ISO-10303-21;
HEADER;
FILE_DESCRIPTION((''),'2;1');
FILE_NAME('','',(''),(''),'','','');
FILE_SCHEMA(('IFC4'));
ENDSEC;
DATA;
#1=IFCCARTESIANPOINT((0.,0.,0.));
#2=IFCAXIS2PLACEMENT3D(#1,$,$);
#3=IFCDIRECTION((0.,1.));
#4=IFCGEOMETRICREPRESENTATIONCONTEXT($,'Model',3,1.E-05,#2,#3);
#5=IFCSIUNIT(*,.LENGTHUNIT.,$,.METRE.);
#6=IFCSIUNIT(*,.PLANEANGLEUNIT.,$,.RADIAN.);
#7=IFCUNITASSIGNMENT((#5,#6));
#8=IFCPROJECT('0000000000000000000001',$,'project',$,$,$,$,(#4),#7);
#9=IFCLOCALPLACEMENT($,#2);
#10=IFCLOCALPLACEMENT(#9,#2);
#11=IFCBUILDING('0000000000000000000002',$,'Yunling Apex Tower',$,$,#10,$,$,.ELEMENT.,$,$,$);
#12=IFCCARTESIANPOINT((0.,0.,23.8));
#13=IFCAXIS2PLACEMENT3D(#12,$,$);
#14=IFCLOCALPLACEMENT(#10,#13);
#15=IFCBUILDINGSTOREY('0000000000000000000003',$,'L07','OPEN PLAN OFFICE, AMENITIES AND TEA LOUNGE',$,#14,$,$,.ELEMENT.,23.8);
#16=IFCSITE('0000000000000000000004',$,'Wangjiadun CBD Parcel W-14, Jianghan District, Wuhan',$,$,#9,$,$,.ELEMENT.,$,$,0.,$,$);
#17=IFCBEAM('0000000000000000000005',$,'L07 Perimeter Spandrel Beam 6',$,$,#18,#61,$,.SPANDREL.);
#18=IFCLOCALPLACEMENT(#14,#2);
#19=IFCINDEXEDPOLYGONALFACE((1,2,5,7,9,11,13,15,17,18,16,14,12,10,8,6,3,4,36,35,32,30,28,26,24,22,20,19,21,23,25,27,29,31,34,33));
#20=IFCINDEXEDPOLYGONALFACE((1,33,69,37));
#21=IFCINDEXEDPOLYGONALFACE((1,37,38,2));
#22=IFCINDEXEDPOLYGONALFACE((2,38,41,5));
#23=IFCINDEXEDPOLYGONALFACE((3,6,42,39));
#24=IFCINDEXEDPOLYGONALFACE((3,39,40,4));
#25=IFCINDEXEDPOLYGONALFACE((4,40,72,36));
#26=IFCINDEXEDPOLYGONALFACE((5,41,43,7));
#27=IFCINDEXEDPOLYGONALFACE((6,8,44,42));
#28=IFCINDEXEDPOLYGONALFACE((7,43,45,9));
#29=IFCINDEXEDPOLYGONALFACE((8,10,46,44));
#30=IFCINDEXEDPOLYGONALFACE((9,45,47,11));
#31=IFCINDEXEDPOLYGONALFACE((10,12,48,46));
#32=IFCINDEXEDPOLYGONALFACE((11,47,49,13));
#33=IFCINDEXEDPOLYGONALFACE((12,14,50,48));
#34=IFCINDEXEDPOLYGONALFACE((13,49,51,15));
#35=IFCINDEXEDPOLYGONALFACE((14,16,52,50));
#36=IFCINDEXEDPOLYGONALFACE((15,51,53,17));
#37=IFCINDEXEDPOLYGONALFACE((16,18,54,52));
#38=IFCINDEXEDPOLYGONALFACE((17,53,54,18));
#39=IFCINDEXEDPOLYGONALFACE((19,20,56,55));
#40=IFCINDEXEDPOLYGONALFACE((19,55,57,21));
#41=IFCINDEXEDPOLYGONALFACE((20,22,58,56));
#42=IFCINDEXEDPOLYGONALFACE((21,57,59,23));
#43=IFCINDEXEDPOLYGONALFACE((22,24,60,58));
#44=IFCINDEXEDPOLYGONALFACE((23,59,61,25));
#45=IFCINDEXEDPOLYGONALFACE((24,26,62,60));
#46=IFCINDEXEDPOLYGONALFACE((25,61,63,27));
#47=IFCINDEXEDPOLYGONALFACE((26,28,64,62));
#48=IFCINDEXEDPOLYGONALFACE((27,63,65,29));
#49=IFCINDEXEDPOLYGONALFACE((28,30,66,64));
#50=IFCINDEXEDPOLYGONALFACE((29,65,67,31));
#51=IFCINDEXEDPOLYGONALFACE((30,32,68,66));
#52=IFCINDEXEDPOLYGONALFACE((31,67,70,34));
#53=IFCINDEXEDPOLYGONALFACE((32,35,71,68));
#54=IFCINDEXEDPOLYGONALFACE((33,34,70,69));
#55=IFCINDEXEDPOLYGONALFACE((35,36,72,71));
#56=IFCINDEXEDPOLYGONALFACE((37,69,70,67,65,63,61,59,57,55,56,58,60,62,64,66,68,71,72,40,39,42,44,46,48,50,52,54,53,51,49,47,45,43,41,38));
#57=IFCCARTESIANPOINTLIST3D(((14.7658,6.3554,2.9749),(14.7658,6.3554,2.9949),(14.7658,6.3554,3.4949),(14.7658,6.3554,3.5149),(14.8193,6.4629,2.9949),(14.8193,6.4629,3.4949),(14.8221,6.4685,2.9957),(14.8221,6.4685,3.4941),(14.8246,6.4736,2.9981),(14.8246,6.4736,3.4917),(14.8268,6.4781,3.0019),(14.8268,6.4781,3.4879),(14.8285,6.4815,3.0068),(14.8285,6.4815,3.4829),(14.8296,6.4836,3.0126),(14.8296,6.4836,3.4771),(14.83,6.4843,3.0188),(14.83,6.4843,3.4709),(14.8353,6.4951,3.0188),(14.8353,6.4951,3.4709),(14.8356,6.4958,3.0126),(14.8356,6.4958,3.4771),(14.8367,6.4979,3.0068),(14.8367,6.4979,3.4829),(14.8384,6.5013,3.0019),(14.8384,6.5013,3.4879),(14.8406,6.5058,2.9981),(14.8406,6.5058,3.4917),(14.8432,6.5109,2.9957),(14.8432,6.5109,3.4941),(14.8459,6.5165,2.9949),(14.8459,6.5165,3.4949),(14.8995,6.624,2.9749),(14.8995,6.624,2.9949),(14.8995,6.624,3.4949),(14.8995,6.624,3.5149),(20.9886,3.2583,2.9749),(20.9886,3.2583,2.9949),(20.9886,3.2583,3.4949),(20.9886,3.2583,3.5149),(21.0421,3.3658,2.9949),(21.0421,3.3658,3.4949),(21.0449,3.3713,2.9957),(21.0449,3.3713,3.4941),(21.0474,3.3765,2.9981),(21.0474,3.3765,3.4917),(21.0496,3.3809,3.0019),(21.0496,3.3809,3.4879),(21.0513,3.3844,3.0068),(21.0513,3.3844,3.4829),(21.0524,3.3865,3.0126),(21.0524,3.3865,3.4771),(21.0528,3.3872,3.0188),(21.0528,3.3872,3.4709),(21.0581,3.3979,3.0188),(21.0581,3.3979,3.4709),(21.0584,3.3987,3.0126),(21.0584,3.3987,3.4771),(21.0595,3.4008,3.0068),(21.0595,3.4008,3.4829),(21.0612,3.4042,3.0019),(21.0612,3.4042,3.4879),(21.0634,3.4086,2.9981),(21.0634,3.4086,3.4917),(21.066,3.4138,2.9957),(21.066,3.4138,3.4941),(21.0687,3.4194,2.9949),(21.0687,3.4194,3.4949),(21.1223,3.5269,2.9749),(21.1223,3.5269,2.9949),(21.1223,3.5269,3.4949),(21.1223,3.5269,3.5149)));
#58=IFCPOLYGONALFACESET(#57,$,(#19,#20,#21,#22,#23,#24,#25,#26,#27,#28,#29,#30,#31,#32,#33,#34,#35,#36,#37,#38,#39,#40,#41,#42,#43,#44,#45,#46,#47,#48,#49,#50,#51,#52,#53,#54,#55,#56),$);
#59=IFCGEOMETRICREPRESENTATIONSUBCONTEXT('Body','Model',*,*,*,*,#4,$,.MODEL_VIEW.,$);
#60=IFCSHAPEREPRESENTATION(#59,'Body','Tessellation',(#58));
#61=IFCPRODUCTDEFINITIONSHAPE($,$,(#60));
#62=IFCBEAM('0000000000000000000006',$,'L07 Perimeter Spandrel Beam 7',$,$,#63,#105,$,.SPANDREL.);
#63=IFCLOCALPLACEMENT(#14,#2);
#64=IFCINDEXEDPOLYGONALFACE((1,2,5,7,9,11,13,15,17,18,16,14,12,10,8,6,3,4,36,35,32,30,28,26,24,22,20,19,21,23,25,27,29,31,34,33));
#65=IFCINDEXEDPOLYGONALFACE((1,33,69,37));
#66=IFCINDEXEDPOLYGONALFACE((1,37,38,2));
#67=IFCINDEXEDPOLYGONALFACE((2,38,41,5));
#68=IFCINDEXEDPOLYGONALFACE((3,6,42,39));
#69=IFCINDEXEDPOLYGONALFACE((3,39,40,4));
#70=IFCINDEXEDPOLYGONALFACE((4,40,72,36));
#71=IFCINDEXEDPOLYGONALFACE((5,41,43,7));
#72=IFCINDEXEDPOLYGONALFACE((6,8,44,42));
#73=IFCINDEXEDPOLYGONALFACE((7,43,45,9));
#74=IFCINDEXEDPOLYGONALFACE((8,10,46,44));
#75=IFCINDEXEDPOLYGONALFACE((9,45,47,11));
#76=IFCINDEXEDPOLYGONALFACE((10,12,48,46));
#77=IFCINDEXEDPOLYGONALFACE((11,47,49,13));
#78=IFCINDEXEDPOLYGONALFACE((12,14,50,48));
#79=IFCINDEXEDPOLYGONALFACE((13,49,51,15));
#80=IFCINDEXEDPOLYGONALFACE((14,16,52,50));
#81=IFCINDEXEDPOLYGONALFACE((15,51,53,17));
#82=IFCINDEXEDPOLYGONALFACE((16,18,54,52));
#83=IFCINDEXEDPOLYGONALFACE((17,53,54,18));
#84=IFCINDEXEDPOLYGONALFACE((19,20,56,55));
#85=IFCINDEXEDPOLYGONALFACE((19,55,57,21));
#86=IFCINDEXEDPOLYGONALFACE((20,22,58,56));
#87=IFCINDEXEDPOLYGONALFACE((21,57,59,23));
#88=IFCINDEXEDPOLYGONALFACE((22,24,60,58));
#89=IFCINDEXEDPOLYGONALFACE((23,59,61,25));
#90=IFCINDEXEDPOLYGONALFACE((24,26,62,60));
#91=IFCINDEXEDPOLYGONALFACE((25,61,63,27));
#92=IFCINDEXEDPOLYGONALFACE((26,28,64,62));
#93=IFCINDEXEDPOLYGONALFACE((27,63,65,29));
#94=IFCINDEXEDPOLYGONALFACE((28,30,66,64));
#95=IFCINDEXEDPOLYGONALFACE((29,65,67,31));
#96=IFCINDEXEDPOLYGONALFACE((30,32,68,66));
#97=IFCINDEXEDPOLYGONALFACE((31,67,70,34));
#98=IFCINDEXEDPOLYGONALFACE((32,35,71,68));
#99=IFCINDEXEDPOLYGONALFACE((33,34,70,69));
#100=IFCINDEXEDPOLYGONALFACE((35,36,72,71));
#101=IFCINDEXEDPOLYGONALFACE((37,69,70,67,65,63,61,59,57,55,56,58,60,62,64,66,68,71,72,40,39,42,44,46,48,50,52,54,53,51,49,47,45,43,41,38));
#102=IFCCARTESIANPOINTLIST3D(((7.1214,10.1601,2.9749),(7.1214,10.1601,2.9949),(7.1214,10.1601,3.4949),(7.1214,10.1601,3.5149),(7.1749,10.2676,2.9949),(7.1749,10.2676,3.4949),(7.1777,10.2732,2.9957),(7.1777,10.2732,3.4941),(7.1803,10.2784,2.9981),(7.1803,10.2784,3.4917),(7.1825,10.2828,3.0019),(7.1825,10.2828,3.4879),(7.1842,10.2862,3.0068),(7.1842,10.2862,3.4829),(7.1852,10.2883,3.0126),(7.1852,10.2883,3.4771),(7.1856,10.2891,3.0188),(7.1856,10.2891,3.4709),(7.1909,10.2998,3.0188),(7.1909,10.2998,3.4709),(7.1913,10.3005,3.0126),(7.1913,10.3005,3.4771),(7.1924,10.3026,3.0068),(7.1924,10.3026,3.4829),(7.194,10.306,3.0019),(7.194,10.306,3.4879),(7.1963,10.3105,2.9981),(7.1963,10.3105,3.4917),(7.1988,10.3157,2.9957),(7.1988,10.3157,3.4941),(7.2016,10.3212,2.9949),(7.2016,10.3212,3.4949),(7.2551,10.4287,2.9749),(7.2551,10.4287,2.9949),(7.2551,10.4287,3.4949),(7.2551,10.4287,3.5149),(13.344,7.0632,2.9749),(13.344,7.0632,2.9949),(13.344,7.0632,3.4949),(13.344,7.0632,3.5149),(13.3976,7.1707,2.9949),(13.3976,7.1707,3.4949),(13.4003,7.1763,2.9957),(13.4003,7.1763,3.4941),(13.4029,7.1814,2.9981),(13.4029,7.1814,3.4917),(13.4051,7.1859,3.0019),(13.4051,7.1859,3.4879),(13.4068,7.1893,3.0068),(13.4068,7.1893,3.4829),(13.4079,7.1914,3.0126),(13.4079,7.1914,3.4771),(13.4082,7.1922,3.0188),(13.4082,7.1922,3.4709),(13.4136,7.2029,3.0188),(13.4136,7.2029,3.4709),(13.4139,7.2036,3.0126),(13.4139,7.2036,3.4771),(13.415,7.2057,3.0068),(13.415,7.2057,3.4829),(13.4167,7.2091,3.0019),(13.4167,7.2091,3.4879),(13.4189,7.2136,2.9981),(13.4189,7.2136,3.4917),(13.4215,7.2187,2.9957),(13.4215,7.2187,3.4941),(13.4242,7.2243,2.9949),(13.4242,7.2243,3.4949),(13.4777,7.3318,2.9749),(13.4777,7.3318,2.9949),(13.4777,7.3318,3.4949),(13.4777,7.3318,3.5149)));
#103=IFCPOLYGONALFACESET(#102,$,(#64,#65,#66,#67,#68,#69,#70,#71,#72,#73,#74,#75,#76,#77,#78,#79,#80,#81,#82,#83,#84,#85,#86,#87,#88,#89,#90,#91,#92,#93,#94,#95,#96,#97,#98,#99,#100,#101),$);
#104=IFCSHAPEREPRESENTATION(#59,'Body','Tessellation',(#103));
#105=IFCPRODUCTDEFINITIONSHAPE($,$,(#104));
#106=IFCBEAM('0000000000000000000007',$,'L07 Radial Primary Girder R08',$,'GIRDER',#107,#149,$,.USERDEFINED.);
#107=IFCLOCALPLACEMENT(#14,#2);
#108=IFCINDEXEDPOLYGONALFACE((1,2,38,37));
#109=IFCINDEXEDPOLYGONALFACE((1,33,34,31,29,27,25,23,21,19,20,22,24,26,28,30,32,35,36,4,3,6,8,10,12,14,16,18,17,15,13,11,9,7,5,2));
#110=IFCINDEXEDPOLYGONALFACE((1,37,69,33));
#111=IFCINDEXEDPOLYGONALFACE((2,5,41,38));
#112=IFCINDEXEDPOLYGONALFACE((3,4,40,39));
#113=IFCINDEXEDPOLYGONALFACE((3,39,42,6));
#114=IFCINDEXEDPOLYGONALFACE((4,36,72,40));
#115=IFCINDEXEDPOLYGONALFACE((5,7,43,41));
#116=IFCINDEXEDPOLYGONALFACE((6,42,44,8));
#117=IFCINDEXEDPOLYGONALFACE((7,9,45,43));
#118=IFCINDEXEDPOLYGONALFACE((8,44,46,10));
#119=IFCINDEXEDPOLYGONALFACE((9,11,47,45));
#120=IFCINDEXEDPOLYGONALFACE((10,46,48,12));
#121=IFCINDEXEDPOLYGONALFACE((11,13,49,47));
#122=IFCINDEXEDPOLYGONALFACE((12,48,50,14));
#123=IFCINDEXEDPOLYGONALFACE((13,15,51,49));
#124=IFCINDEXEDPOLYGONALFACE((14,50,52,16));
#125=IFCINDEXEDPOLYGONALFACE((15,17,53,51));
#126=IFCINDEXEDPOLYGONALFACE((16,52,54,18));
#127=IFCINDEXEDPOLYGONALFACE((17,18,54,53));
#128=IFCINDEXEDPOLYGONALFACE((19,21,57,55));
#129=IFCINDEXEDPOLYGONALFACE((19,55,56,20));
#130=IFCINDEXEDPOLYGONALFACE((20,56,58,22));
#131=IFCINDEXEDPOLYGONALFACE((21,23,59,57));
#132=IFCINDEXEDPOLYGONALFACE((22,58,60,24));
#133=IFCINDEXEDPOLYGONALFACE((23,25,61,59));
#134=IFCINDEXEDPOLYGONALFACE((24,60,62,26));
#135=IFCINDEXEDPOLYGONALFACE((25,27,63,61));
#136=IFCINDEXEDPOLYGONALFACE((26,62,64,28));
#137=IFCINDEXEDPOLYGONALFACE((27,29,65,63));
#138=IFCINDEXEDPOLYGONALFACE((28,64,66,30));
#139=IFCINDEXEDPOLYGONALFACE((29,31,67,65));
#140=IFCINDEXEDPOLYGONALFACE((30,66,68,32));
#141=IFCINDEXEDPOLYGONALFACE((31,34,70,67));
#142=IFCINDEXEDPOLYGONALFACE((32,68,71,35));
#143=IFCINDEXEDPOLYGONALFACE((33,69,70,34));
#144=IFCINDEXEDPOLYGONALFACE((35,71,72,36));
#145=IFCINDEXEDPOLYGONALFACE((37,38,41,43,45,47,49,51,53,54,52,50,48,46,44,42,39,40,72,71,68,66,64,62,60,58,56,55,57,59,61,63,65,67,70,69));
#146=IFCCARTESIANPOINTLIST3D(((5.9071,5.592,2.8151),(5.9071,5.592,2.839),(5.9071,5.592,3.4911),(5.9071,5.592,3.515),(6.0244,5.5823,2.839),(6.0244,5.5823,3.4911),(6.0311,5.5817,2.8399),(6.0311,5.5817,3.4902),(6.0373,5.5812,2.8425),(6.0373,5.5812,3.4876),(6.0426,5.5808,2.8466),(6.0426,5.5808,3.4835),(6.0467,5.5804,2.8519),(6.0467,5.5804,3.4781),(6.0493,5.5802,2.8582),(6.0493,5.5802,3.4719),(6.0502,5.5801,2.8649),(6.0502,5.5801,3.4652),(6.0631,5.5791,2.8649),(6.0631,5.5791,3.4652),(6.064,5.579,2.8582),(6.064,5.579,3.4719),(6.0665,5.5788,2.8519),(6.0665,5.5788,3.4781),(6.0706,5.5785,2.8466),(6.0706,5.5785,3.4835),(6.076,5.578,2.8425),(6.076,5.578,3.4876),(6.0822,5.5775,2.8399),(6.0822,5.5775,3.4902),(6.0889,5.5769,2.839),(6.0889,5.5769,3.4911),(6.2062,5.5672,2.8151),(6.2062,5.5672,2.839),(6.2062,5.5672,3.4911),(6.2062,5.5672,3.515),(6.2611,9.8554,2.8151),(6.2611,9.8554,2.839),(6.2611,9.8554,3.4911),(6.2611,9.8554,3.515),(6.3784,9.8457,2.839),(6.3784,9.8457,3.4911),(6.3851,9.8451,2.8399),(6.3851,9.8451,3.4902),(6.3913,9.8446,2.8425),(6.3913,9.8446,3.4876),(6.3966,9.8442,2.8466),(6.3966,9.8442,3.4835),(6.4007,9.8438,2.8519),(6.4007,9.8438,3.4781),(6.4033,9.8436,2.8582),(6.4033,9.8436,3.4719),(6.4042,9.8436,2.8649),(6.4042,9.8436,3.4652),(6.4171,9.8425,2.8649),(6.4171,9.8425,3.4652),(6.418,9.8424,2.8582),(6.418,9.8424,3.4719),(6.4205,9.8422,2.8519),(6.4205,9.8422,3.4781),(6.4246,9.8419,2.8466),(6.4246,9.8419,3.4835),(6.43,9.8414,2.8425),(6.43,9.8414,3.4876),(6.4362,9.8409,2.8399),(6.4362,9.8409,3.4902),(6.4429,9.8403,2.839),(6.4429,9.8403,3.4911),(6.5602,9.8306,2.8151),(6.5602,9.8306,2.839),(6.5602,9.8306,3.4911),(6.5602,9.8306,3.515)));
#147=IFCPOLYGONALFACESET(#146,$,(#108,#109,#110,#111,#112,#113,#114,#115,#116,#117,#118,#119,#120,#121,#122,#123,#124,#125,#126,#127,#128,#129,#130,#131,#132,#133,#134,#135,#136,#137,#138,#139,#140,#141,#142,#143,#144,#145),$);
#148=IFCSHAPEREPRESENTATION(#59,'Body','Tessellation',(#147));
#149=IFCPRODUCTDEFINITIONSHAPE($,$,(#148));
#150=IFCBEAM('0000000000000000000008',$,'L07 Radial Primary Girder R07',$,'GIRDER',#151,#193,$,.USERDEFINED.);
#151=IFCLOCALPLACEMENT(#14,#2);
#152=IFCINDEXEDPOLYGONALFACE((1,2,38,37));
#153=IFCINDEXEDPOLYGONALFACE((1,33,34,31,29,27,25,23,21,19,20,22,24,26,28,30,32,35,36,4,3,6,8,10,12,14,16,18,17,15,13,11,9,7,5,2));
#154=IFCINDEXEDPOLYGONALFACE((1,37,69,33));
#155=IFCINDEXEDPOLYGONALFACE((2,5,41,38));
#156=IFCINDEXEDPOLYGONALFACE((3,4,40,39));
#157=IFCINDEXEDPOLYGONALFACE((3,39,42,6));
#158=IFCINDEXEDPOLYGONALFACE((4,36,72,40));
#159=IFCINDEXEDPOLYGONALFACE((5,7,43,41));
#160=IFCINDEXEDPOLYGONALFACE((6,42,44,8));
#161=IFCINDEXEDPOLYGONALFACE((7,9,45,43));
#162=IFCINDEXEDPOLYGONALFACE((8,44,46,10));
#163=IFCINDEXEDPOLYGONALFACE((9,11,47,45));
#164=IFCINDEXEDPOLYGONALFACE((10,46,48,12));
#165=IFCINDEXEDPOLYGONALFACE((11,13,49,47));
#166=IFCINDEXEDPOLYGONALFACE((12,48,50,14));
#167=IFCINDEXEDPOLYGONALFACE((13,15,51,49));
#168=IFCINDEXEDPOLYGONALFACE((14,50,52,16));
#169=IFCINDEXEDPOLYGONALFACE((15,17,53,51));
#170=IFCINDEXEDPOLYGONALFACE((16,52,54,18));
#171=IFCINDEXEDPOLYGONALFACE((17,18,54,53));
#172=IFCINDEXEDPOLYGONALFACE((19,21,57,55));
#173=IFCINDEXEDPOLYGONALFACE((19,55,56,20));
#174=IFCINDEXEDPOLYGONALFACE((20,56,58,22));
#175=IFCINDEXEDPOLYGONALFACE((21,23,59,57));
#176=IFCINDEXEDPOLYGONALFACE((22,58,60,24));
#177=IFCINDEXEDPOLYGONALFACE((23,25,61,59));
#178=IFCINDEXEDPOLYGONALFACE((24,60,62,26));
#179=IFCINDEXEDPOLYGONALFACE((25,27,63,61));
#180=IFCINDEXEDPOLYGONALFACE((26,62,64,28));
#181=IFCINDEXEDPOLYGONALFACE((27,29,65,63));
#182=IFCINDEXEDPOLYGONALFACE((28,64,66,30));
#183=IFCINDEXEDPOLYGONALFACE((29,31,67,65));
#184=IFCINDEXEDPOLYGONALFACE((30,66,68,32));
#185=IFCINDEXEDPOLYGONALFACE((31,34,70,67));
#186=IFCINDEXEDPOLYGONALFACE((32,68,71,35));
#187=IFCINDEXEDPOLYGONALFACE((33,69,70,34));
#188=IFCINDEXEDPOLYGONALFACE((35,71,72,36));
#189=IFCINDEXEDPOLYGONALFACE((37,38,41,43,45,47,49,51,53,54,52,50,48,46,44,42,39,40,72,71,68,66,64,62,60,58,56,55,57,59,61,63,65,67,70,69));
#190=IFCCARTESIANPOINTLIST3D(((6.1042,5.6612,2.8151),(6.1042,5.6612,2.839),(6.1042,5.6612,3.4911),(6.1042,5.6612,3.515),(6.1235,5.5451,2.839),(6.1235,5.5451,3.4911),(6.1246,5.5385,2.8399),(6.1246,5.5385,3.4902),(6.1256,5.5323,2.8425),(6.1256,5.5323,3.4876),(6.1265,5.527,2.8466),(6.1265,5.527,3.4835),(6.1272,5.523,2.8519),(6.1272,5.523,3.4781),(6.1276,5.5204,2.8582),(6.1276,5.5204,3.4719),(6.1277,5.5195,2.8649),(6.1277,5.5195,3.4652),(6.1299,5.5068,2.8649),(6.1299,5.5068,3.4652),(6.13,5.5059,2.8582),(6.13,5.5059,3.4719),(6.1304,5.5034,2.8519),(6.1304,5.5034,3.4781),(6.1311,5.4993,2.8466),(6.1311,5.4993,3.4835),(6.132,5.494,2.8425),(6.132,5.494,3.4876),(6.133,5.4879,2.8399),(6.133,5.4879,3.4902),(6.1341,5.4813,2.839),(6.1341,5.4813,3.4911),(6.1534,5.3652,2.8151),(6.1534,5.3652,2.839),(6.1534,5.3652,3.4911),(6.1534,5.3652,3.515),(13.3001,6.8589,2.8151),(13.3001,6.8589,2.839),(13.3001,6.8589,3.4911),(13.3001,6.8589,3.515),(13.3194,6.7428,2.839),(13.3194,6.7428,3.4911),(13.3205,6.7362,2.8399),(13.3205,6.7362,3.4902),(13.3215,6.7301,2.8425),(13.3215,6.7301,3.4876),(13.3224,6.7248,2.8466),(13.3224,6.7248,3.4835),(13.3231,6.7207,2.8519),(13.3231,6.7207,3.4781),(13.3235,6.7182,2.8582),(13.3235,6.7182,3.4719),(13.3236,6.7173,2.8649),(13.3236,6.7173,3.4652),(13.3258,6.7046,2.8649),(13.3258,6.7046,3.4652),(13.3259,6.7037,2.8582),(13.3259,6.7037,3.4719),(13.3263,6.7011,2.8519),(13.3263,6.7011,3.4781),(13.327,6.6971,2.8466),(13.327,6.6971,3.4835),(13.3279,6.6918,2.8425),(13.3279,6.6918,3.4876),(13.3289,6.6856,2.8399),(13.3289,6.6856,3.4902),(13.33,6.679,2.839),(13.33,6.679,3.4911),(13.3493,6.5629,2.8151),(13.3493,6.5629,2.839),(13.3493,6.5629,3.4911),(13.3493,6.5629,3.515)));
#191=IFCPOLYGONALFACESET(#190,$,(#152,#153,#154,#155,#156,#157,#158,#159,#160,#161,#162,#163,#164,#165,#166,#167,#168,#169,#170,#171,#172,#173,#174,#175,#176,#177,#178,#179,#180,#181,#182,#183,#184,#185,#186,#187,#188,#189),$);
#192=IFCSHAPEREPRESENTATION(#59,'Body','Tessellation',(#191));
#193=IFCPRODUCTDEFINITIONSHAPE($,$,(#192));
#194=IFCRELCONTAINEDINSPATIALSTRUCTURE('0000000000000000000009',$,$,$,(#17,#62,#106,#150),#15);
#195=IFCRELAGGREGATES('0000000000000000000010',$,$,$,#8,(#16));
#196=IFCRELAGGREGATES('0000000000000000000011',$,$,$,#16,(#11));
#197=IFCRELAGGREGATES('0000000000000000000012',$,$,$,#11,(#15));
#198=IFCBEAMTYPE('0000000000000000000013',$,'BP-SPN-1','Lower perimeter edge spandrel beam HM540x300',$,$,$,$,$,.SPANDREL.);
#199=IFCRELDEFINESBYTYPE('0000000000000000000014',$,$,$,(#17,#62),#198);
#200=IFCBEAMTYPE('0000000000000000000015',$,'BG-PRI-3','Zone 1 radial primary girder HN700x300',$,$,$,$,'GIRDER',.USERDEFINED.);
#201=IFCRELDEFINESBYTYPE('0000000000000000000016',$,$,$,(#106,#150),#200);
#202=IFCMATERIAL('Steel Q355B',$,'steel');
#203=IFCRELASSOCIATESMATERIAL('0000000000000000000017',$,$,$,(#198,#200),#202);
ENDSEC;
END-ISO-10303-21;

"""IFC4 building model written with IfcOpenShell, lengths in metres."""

from ifc_helpers import new_model, si_unit, direction, frame, origin, origin_2d, place, context, subcontext, project, spatial, i_section, extrude, source, transform, mapped, material, material_profile, profile_set, type_object, element, save


model = new_model("IFC4")

# Units and contexts
model_context = context("Model", 3, precision=1e-05, world=origin(), true_north=direction((0.0, 1.0)))
body_context = subcontext(model_context, "Body", "Model", "MODEL_VIEW")
ifc_project = project(units=[si_unit("LENGTHUNIT", "METRE"), si_unit("PLANEANGLEUNIT", "RADIAN")], contexts=[model_context])

# Site, building, storey
site_placement = place(None, origin())
site = spatial("IfcSite", under=ifc_project, at=site_placement, Name="Wangjiadun CBD Parcel W-14, Jianghan District, Wuhan", CompositionType="ELEMENT", RefElevation=0.0)
building_placement = place(site_placement, origin())
building = spatial("IfcBuilding", under=site, at=building_placement, Name="Yunling Apex Tower", CompositionType="ELEMENT")
storey_placement = place(building_placement, frame((0.0, 0.0, 23.8)))
storey = spatial("IfcBuildingStorey", under=building, at=storey_placement, Name="L07", Description="OPEN PLAN OFFICE, AMENITIES AND TEA LOUNGE", CompositionType="ELEMENT", Elevation=23.8)

# Beams
ifc_material_1 = material(Name="Steel Q355B", Category="steel")
ifc_material_profile_1 = material_profile(ifc_material_1, i_section(OverallWidth=0.3, OverallDepth=0.54, WebThickness=0.012, FlangeThickness=0.02, FilletRadius=0.0239, at=origin_2d()))
ifc_profile_set_1 = profile_set([ifc_material_profile_1], Name="Steel Q355B")
beam_type_1 = type_object("IfcBeamType", Name="BP-SPN-1", Description="Lower perimeter edge spandrel beam HM540x300", PredefinedType="SPANDREL", material=ifc_profile_set_1)
shared_shape_1 = source(origin(), body_context, "Body", "SweptSolid", [
    extrude(i_section(OverallWidth=0.3, OverallDepth=0.54, WebThickness=0.012, FlangeThickness=0.02, FilletRadius=0.0239, at=origin_2d()), origin(), (0.0, 0.0, 1.0), 6.9509),
])
beam_1_placement = place(storey_placement, frame((21.0554, 3.3926, 3.2449), z_axis=(-0.895248, 0.445569, 0.0), x_axis=(-0.445569, -0.895248, 0.0)))
element("IfcBeam", 1, at=beam_1_placement, inside=storey, type_object=beam_type_1, Name="L07 Perimeter Spandrel Beam 6", PredefinedType="SPANDREL", context=body_context, shape_type="MappedRepresentation", body=[
    mapped(shared_shape_1, transform((0.0, 0.0, 0.0), scale=1.0)),
])
shared_shape_2 = source(origin(), body_context, "Body", "SweptSolid", [
    extrude(i_section(OverallWidth=0.3, OverallDepth=0.54, WebThickness=0.012, FlangeThickness=0.02, FilletRadius=0.0239, at=origin_2d()), origin(), (0.0, 0.0, 1.0), 6.9507),
])
beam_2_placement = place(storey_placement, frame((13.4109, 7.1975, 3.2449), z_axis=(-0.895255, 0.445555, 0.0), x_axis=(-0.445555, -0.895255, 0.0)))
element("IfcBeam", 2, at=beam_2_placement, inside=storey, type_object=beam_type_1, Name="L07 Perimeter Spandrel Beam 7", PredefinedType="SPANDREL", context=body_context, shape_type="MappedRepresentation", body=[
    mapped(shared_shape_2, transform((0.0, 0.0, 0.0), scale=1.0)),
])
ifc_material_profile_2 = material_profile(ifc_material_1, i_section(OverallWidth=0.3, OverallDepth=0.7, WebThickness=0.0129, FlangeThickness=0.0239, FilletRadius=0.0259, at=origin_2d()))
ifc_profile_set_2 = profile_set([ifc_material_profile_2], Name="Steel Q355B")
beam_type_2 = type_object("IfcBeamType", Name="BG-PRI-3", Description="Zone 1 radial primary girder HN700x300", ElementType="GIRDER", PredefinedType="USERDEFINED", material=ifc_profile_set_2)
shared_shape_3 = source(origin(), body_context, "Body", "SweptSolid", [
    extrude(i_section(OverallWidth=0.3, OverallDepth=0.7, WebThickness=0.0129, FlangeThickness=0.0239, FilletRadius=0.0259, at=origin_2d()), origin(), (0.0, 0.0, 1.0), 4.2781),
])
beam_3_placement = place(storey_placement, frame((6.4106, 9.843, 3.165), z_axis=(-0.082748, -0.996571, 0.0), x_axis=(0.996571, -0.082748, 0.0)))
element("IfcBeam", 3, at=beam_3_placement, inside=storey, type_object=beam_type_2, Name="L07 Radial Primary Girder R08", ObjectType="GIRDER", PredefinedType="USERDEFINED", context=body_context, shape_type="MappedRepresentation", body=[
    mapped(shared_shape_3, transform((0.0, 0.0, 0.0), scale=1.0)),
])
shared_shape_4 = source(origin(), body_context, "Body", "SweptSolid", [
    extrude(i_section(OverallWidth=0.3, OverallDepth=0.7, WebThickness=0.0129, FlangeThickness=0.0239, FilletRadius=0.0259, at=origin_2d()), origin(), (0.0, 0.0, 1.0), 7.2949),
])
beam_4_placement = place(storey_placement, frame((13.3247, 6.7109, 3.165), z_axis=(-0.986428, -0.164193, 0.0), x_axis=(0.164193, -0.986428, 0.0)))
element("IfcBeam", 4, at=beam_4_placement, inside=storey, type_object=beam_type_2, Name="L07 Radial Primary Girder R07", ObjectType="GIRDER", PredefinedType="USERDEFINED", context=body_context, shape_type="MappedRepresentation", body=[
    mapped(shared_shape_4, transform((0.0, 0.0, 0.0), scale=1.0)),
])

save(model, "model.ifc")
